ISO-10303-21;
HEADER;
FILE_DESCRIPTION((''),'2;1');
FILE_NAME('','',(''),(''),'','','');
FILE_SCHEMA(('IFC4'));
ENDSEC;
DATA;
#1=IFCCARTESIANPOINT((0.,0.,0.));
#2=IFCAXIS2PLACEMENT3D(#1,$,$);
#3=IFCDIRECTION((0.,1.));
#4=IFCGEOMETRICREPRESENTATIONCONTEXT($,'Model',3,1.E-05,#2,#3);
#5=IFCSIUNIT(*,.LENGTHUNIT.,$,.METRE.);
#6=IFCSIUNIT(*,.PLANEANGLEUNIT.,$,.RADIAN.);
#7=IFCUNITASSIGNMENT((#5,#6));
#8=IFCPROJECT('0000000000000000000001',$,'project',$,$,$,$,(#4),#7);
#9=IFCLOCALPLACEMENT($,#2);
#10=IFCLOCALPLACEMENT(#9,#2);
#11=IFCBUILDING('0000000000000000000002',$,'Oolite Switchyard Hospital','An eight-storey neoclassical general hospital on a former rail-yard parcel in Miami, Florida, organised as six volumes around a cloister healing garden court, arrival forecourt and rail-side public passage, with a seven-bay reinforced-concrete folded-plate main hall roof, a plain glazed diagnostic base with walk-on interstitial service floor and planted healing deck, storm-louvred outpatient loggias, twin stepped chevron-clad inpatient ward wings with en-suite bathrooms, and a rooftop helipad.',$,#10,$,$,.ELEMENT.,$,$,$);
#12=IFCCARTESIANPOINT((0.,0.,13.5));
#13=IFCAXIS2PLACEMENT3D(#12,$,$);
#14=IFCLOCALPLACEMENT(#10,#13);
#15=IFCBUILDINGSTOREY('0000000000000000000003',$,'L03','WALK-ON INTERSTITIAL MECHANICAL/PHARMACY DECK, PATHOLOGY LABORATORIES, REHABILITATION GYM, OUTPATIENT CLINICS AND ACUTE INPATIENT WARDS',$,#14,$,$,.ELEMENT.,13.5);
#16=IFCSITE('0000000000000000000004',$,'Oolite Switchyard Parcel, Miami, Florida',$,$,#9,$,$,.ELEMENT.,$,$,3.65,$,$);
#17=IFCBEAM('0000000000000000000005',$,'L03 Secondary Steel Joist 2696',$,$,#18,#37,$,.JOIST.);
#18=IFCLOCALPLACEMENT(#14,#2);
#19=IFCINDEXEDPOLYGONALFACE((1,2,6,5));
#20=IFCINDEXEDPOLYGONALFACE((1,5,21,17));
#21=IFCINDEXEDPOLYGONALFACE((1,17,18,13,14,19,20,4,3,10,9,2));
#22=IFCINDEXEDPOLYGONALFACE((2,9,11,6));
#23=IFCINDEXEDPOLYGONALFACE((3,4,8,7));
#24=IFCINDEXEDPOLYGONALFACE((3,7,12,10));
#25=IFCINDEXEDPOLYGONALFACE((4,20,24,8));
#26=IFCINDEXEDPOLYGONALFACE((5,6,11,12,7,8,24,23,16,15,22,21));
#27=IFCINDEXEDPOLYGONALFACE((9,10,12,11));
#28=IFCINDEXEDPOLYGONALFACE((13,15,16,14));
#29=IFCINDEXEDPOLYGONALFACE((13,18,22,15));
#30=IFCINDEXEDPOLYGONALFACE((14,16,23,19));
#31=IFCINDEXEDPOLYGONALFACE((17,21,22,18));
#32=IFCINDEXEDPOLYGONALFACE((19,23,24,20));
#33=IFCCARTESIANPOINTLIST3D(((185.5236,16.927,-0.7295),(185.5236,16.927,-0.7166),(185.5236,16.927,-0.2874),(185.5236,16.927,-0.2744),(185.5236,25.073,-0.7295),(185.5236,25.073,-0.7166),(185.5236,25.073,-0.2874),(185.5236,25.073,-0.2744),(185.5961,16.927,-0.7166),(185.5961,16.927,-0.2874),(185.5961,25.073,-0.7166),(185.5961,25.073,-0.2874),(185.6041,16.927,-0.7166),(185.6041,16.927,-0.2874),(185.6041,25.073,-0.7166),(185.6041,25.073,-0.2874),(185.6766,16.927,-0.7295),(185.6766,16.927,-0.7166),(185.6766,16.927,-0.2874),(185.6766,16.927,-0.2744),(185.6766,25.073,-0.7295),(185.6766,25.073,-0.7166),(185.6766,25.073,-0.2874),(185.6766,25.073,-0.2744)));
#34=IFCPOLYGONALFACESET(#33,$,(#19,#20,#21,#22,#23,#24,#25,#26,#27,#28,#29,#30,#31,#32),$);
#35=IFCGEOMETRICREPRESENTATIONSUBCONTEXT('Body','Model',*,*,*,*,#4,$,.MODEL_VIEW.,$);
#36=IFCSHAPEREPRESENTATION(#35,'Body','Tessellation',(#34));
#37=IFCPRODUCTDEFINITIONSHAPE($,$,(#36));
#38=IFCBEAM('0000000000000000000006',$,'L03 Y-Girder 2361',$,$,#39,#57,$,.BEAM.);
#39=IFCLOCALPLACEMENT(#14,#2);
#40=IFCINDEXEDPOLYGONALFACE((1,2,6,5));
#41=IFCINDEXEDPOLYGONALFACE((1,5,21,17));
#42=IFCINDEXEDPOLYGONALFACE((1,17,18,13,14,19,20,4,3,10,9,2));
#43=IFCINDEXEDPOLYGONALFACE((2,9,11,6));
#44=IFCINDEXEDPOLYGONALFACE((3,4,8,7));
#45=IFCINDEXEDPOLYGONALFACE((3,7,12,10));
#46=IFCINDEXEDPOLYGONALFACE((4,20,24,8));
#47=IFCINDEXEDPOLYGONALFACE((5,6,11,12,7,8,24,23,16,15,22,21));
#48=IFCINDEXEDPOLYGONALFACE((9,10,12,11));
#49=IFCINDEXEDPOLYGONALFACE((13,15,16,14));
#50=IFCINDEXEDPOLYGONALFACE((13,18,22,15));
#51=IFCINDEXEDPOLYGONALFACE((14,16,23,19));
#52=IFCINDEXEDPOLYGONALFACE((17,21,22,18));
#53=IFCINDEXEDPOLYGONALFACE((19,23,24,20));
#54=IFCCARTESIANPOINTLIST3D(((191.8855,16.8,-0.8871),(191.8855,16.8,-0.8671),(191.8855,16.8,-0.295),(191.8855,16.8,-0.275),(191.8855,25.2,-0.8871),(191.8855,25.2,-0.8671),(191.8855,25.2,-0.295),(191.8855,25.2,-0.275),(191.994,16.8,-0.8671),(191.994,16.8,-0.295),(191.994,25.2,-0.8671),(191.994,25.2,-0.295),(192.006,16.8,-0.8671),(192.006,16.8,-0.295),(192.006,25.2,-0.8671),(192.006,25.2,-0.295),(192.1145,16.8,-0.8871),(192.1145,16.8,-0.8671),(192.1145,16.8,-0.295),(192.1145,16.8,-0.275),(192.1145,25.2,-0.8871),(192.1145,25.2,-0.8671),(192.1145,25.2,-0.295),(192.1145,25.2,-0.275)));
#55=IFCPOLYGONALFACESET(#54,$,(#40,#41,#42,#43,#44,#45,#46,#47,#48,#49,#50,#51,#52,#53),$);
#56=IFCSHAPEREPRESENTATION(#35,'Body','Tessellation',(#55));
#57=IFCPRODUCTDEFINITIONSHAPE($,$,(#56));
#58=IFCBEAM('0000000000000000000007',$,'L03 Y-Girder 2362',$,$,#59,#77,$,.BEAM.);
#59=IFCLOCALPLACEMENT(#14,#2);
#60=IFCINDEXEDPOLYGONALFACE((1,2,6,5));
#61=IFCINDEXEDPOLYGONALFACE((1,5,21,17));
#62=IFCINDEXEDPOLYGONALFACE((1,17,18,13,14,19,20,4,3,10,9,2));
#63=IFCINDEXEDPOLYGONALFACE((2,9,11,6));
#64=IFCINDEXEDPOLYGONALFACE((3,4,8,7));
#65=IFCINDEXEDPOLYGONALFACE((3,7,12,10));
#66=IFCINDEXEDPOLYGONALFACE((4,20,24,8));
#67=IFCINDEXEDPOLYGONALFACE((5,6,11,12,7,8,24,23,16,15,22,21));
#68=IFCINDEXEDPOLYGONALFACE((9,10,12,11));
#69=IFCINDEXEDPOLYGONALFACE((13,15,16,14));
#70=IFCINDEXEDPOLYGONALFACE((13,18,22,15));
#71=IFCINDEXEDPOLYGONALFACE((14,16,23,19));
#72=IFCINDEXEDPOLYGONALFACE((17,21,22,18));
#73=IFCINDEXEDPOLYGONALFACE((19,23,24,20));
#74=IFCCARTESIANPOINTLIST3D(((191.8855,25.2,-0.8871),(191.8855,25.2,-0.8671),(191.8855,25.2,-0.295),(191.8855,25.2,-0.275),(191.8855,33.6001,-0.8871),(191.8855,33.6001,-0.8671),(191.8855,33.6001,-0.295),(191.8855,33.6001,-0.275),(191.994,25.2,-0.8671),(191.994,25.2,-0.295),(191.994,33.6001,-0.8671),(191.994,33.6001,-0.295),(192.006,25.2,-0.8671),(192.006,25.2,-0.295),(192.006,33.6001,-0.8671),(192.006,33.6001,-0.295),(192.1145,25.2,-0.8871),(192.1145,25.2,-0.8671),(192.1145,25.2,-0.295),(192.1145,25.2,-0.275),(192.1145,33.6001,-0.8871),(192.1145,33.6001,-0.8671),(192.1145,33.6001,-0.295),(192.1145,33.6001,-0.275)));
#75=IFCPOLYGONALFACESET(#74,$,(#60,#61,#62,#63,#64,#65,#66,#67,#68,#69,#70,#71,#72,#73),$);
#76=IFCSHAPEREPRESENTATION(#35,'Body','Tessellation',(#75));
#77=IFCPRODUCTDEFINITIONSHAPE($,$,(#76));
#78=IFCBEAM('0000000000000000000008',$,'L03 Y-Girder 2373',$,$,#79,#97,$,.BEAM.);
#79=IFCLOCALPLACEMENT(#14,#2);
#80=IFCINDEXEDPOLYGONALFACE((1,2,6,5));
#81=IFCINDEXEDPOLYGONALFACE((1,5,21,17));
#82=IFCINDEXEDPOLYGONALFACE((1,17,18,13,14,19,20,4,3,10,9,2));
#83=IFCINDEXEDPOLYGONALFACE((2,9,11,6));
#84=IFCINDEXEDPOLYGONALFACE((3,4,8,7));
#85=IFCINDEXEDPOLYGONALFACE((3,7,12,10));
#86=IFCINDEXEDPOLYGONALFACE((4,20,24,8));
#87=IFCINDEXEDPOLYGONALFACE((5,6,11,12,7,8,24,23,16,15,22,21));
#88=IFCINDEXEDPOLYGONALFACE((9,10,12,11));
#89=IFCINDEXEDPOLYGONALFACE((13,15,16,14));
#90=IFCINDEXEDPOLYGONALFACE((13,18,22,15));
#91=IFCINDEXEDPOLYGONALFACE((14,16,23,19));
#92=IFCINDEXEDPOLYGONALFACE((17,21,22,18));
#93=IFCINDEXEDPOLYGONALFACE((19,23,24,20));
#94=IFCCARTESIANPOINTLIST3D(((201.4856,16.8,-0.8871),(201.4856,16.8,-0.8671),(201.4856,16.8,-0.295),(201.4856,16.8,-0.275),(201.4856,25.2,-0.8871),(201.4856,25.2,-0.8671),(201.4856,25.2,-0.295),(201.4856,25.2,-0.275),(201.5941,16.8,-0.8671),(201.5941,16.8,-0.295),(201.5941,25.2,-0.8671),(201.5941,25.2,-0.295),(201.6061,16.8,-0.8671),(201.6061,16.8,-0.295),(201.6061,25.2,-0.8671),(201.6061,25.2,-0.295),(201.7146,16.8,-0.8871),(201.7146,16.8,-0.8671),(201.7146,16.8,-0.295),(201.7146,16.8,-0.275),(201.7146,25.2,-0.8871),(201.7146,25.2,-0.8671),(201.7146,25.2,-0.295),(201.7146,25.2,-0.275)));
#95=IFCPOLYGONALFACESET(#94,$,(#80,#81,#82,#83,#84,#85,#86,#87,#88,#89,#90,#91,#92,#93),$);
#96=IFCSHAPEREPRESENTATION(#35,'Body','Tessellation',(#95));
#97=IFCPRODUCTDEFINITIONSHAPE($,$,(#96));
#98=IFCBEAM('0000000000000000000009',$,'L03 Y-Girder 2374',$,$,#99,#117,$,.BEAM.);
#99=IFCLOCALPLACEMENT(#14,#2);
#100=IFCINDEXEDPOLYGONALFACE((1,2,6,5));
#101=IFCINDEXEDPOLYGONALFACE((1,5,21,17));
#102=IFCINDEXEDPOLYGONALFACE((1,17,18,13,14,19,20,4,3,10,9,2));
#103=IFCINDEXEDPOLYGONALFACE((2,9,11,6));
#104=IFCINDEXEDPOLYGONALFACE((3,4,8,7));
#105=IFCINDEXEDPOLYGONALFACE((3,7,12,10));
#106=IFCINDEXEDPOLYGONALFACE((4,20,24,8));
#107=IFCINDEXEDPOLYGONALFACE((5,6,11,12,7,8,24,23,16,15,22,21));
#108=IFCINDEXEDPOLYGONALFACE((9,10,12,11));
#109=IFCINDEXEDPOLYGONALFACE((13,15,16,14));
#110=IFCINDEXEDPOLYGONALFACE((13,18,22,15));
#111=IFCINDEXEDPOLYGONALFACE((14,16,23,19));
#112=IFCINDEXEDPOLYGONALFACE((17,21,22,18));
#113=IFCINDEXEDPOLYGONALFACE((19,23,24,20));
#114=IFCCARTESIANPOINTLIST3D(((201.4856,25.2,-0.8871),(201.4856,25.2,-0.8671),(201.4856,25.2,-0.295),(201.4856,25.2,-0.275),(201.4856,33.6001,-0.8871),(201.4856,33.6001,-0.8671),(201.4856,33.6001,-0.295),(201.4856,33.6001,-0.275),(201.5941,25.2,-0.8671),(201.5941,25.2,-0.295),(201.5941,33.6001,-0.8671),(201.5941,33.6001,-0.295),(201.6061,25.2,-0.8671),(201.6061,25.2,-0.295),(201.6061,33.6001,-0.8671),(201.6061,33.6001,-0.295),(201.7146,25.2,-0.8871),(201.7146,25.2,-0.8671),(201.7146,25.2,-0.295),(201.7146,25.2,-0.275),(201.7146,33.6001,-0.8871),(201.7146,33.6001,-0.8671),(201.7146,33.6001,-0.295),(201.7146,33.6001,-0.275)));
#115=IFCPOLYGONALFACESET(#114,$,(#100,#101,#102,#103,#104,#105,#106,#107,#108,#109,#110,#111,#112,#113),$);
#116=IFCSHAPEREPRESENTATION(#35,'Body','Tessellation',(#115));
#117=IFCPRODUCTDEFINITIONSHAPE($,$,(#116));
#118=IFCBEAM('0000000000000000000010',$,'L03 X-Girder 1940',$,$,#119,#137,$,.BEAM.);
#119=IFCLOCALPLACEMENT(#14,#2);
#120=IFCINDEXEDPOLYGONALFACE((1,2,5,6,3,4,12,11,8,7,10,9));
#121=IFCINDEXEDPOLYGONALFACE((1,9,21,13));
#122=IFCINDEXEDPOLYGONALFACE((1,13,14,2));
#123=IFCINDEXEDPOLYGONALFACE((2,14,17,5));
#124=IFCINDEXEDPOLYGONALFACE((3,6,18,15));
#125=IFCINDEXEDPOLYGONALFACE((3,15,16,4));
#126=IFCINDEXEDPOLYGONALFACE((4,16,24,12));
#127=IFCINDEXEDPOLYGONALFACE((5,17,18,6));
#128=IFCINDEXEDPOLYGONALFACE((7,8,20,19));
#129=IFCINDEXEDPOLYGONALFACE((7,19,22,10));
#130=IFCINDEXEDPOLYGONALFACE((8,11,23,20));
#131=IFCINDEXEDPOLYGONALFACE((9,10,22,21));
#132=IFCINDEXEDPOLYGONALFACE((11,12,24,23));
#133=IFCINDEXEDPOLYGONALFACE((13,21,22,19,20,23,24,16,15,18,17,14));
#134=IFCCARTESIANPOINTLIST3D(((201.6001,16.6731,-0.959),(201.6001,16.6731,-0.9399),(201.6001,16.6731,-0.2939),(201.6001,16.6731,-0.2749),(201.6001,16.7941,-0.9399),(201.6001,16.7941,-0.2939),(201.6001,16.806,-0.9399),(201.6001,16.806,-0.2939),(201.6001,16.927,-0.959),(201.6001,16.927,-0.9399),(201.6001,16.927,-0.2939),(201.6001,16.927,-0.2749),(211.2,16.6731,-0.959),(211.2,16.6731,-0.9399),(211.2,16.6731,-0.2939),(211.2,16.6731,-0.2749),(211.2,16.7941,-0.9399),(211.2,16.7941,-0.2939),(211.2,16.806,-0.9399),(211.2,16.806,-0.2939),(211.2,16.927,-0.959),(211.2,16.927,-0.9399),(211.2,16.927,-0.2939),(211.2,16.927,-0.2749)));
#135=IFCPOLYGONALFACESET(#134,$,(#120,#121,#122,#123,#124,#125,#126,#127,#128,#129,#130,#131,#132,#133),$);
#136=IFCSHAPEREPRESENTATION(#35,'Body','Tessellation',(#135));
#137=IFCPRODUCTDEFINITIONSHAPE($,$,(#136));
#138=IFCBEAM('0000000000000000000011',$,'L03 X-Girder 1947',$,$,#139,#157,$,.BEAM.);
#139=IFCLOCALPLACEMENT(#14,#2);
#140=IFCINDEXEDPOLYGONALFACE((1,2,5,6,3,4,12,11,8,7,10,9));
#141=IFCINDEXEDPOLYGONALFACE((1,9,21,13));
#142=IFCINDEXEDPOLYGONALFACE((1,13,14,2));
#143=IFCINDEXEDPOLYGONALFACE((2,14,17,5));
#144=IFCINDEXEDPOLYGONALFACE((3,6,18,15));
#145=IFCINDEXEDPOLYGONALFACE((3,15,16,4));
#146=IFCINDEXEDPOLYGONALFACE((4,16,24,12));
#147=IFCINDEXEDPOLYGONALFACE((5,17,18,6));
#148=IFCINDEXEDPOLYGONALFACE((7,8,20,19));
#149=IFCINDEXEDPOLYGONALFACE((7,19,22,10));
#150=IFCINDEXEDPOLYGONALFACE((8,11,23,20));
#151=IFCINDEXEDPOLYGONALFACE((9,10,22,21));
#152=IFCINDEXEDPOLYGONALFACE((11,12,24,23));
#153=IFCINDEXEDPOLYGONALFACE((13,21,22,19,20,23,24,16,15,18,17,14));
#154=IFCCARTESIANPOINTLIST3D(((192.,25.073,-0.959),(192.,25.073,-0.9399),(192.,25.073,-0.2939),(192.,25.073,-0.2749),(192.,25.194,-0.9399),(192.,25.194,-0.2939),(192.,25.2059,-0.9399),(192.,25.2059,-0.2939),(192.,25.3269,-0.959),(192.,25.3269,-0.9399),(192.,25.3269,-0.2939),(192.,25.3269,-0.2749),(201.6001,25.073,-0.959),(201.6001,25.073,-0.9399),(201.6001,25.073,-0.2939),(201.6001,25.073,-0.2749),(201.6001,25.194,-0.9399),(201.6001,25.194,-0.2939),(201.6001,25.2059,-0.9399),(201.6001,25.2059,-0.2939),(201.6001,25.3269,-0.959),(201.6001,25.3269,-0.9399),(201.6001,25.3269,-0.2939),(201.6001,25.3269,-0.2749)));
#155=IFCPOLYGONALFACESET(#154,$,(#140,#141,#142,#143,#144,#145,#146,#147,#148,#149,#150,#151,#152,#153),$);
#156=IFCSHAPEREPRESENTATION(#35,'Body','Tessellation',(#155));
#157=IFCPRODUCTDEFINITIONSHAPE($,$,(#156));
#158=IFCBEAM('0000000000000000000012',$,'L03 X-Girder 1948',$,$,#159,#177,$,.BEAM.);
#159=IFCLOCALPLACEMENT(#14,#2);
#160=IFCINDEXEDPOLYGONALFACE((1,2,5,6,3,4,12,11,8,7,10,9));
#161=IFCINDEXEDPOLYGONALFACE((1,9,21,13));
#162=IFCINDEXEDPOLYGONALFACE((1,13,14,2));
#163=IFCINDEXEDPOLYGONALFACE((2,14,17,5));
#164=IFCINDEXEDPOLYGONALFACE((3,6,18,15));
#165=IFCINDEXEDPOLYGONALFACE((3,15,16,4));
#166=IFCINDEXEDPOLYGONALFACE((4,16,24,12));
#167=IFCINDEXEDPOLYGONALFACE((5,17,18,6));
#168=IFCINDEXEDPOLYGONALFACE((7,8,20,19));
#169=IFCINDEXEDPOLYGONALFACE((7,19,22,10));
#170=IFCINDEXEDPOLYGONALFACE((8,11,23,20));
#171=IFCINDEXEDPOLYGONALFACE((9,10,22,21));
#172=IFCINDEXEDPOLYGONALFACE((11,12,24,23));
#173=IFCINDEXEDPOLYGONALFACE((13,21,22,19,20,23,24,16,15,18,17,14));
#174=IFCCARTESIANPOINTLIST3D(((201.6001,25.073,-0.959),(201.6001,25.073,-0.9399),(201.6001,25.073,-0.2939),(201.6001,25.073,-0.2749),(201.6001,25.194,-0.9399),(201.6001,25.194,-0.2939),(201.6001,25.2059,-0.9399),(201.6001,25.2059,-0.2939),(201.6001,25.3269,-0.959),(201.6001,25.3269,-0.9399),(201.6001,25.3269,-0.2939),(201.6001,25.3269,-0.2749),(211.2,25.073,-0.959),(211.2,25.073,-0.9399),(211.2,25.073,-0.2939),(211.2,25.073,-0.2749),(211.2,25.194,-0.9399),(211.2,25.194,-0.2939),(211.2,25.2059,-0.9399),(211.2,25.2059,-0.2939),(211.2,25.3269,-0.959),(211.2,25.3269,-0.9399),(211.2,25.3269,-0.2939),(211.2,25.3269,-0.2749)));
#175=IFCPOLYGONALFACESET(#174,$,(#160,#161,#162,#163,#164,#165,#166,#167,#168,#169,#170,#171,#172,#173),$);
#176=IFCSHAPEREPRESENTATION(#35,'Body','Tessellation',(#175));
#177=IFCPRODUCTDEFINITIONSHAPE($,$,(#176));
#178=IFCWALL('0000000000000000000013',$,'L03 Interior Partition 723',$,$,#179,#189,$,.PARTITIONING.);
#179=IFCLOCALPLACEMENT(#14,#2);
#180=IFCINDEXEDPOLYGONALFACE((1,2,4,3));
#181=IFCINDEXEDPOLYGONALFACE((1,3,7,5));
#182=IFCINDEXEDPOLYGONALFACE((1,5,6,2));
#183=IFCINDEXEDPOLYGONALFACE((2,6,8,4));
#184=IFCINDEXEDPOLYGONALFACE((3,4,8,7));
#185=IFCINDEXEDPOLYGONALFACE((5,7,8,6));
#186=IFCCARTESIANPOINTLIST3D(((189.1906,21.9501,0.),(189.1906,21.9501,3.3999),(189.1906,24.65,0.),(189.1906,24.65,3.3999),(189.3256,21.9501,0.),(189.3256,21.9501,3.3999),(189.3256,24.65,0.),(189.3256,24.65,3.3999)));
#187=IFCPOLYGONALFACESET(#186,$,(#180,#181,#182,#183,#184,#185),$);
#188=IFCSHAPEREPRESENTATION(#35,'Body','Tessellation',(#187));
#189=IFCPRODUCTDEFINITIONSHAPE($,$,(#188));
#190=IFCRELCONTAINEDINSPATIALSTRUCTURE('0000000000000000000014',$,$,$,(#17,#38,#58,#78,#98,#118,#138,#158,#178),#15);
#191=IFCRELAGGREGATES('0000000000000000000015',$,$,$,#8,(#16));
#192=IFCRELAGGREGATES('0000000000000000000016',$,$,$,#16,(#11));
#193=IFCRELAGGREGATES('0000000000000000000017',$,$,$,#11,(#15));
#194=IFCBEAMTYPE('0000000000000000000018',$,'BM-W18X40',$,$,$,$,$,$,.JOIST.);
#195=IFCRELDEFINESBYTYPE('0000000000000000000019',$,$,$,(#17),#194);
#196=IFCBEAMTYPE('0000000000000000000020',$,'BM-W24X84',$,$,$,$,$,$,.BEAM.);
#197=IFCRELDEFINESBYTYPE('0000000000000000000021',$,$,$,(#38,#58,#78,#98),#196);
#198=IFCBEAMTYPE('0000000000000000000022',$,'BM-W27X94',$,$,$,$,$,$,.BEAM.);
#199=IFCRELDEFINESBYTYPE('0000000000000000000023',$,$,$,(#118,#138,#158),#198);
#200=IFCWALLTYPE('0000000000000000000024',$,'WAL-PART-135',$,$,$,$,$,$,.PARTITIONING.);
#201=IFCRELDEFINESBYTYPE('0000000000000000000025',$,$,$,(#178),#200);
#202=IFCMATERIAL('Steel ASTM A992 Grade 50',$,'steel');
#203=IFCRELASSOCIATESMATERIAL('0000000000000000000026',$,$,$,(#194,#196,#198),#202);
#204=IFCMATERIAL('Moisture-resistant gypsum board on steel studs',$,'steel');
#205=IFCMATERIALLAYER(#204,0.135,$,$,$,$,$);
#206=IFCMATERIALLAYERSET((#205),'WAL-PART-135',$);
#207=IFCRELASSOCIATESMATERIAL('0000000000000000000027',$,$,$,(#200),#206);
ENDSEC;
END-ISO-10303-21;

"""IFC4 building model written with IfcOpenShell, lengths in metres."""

from ifc_helpers import new_model, si_unit, direction, frame, frame_2d, origin, origin_2d, place, context, subcontext, project, spatial, rectangle, i_section, extrude, material, layer, layer_set, material_profile, profile_set, type_object, element, save


model = new_model("IFC4")

# Units and contexts
model_context = context("Model", 3, precision=1e-05, world=origin(), true_north=direction((0.0, 1.0)))
body_context = subcontext(model_context, "Body", "Model", "MODEL_VIEW")
ifc_project = project(units=[si_unit("LENGTHUNIT", "METRE"), si_unit("PLANEANGLEUNIT", "RADIAN")], contexts=[model_context])

# Site, building, storey
site_placement = place(None, origin())
site = spatial("IfcSite", under=ifc_project, at=site_placement, Name="Oolite Switchyard Parcel, Miami, Florida", CompositionType="ELEMENT", RefElevation=3.65)
building_placement = place(site_placement, origin())
building = spatial("IfcBuilding", under=site, at=building_placement, Name="Oolite Switchyard Hospital", Description="An eight-storey neoclassical general hospital on a former rail-yard parcel in Miami, Florida, organised as six volumes around a cloister healing garden court, arrival forecourt and rail-side public passage, with a seven-bay reinforced-concrete folded-plate main hall roof, a plain glazed diagnostic base with walk-on interstitial service floor and planted healing deck, storm-louvred outpatient loggias, twin stepped chevron-clad inpatient ward wings with en-suite bathrooms, and a rooftop helipad.", CompositionType="ELEMENT")
storey_placement = place(building_placement, frame((0.0, 0.0, 13.5)))
storey = spatial("IfcBuildingStorey", under=building, at=storey_placement, Name="L03", Description="WALK-ON INTERSTITIAL MECHANICAL/PHARMACY DECK, PATHOLOGY LABORATORIES, REHABILITATION GYM, OUTPATIENT CLINICS AND ACUTE INPATIENT WARDS", CompositionType="ELEMENT", Elevation=13.5)

# Beams
ifc_material_1 = material(Name="Steel ASTM A992 Grade 50", Category="steel")
ifc_material_profile_1 = material_profile(ifc_material_1, i_section(OverallWidth=0.1531, OverallDepth=0.4551, WebThickness=0.0081, FlangeThickness=0.0129, at=origin_2d()), Name="W18X40")
ifc_profile_set_1 = profile_set([ifc_material_profile_1], Name="Steel ASTM A992 Grade 50")
beam_type_1 = type_object("IfcBeamType", Name="BM-W18X40", PredefinedType="JOIST", material=ifc_profile_set_1)
beam_1_placement = place(storey_placement, frame((185.6001, 16.927, -0.502), z_axis=(0.0, 1.0, 0.0), x_axis=(-1.0, 0.0, 0.0)))
element("IfcBeam", 1, at=beam_1_placement, inside=storey, type_object=beam_type_1, Name="L03 Secondary Steel Joist 2696", PredefinedType="JOIST", context=body_context, shape_type="SweptSolid", body=[
    extrude(i_section(OverallWidth=0.1531, OverallDepth=0.4551, WebThickness=0.0081, FlangeThickness=0.0129, at=origin_2d()), origin(), (0.0, 0.0, 1.0), 8.146),
])
ifc_material_profile_2 = material_profile(ifc_material_1, i_section(OverallWidth=0.229, OverallDepth=0.6121, WebThickness=0.012, FlangeThickness=0.02, at=origin_2d()), Name="W24X84")
ifc_profile_set_2 = profile_set([ifc_material_profile_2], Name="Steel ASTM A992 Grade 50")
beam_type_2 = type_object("IfcBeamType", Name="BM-W24X84", PredefinedType="BEAM", material=ifc_profile_set_2)
beam_2_placement = place(storey_placement, frame((192.0, 16.8, -0.5811), z_axis=(0.0, 1.0, 0.0), x_axis=(-1.0, 0.0, 0.0)))
element("IfcBeam", 2, at=beam_2_placement, inside=storey, type_object=beam_type_2, Name="L03 Y-Girder 2361", PredefinedType="BEAM", context=body_context, shape_type="SweptSolid", body=[
    extrude(i_section(OverallWidth=0.229, OverallDepth=0.6121, WebThickness=0.012, FlangeThickness=0.02, at=origin_2d()), origin(), (0.0, 0.0, 1.0), 8.3999),
])
beam_3_placement = place(storey_placement, frame((192.0, 25.2, -0.5811), z_axis=(0.0, 1.0, 0.0), x_axis=(-1.0, 0.0, 0.0)))
element("IfcBeam", 3, at=beam_3_placement, inside=storey, type_object=beam_type_2, Name="L03 Y-Girder 2362", PredefinedType="BEAM", context=body_context, shape_type="SweptSolid", body=[
    extrude(i_section(OverallWidth=0.229, OverallDepth=0.6121, WebThickness=0.012, FlangeThickness=0.02, at=origin_2d()), origin(), (0.0, 0.0, 1.0), 8.4001),
])
beam_4_placement = place(storey_placement, frame((201.6001, 16.8, -0.5811), z_axis=(0.0, 1.0, 0.0), x_axis=(-1.0, 0.0, 0.0)))
element("IfcBeam", 4, at=beam_4_placement, inside=storey, type_object=beam_type_2, Name="L03 Y-Girder 2373", PredefinedType="BEAM", context=body_context, shape_type="SweptSolid", body=[
    extrude(i_section(OverallWidth=0.229, OverallDepth=0.6121, WebThickness=0.012, FlangeThickness=0.02, at=origin_2d()), origin(), (0.0, 0.0, 1.0), 8.3999),
])
beam_5_placement = place(storey_placement, frame((201.6001, 25.2, -0.5811), z_axis=(0.0, 1.0, 0.0), x_axis=(-1.0, 0.0, 0.0)))
element("IfcBeam", 5, at=beam_5_placement, inside=storey, type_object=beam_type_2, Name="L03 Y-Girder 2374", PredefinedType="BEAM", context=body_context, shape_type="SweptSolid", body=[
    extrude(i_section(OverallWidth=0.229, OverallDepth=0.6121, WebThickness=0.012, FlangeThickness=0.02, at=origin_2d()), origin(), (0.0, 0.0, 1.0), 8.4001),
])
ifc_material_profile_3 = material_profile(ifc_material_1, i_section(OverallWidth=0.2539, OverallDepth=0.6841, WebThickness=0.012, FlangeThickness=0.019, at=origin_2d()), Name="W27X94")
ifc_profile_set_3 = profile_set([ifc_material_profile_3], Name="Steel ASTM A992 Grade 50")
beam_type_3 = type_object("IfcBeamType", Name="BM-W27X94", PredefinedType="BEAM", material=ifc_profile_set_3)
beam_6_placement = place(storey_placement, frame((201.6001, 16.8, -0.6169), z_axis=(1.0, 0.0, 0.0), x_axis=(0.0, 1.0, 0.0)))
element("IfcBeam", 6, at=beam_6_placement, inside=storey, type_object=beam_type_3, Name="L03 X-Girder 1940", PredefinedType="BEAM", context=body_context, shape_type="SweptSolid", body=[
    extrude(i_section(OverallWidth=0.2539, OverallDepth=0.6841, WebThickness=0.012, FlangeThickness=0.019, at=origin_2d()), origin(), (0.0, 0.0, 1.0), 9.5999),
])
beam_7_placement = place(storey_placement, frame((192.0, 25.2, -0.6169), z_axis=(1.0, 0.0, 0.0), x_axis=(0.0, 1.0, 0.0)))
element("IfcBeam", 7, at=beam_7_placement, inside=storey, type_object=beam_type_3, Name="L03 X-Girder 1947", PredefinedType="BEAM", context=body_context, shape_type="SweptSolid", body=[
    extrude(i_section(OverallWidth=0.2539, OverallDepth=0.6841, WebThickness=0.012, FlangeThickness=0.019, at=origin_2d()), origin(), (0.0, 0.0, 1.0), 9.6001),
])
beam_8_placement = place(storey_placement, frame((201.6001, 25.2, -0.6169), z_axis=(1.0, 0.0, 0.0), x_axis=(0.0, 1.0, 0.0)))
element("IfcBeam", 8, at=beam_8_placement, inside=storey, type_object=beam_type_3, Name="L03 X-Girder 1948", PredefinedType="BEAM", context=body_context, shape_type="SweptSolid", body=[
    extrude(i_section(OverallWidth=0.2539, OverallDepth=0.6841, WebThickness=0.012, FlangeThickness=0.019, at=origin_2d()), origin(), (0.0, 0.0, 1.0), 9.5999),
])

# Wall
ifc_material_2 = material(Name="Moisture-resistant gypsum board on steel studs", Category="steel")
ifc_layer_1 = layer(ifc_material_2, 0.135)
ifc_layer_set_1 = layer_set([ifc_layer_1], Name="WAL-PART-135")
wall_type_1 = type_object("IfcWallType", Name="WAL-PART-135", PredefinedType="PARTITIONING", material=ifc_layer_set_1)
wall_1_placement = place(storey_placement, frame((189.2581, 21.95, 0.0), z_axis=(0.0, 0.0, 1.0), x_axis=(0.0, 1.0, 0.0)))
element("IfcWall", 9, at=wall_1_placement, inside=storey, type_object=wall_type_1, Name="L03 Interior Partition 723", PredefinedType="PARTITIONING", context=body_context, shape_type="SweptSolid", body=[
    extrude(rectangle(XDim=2.7, YDim=0.135, at=frame_2d((1.3501, 0.0))), origin(), (0.0, 0.0, 1.0), 3.3999),
])

save(model, "model.ifc")
